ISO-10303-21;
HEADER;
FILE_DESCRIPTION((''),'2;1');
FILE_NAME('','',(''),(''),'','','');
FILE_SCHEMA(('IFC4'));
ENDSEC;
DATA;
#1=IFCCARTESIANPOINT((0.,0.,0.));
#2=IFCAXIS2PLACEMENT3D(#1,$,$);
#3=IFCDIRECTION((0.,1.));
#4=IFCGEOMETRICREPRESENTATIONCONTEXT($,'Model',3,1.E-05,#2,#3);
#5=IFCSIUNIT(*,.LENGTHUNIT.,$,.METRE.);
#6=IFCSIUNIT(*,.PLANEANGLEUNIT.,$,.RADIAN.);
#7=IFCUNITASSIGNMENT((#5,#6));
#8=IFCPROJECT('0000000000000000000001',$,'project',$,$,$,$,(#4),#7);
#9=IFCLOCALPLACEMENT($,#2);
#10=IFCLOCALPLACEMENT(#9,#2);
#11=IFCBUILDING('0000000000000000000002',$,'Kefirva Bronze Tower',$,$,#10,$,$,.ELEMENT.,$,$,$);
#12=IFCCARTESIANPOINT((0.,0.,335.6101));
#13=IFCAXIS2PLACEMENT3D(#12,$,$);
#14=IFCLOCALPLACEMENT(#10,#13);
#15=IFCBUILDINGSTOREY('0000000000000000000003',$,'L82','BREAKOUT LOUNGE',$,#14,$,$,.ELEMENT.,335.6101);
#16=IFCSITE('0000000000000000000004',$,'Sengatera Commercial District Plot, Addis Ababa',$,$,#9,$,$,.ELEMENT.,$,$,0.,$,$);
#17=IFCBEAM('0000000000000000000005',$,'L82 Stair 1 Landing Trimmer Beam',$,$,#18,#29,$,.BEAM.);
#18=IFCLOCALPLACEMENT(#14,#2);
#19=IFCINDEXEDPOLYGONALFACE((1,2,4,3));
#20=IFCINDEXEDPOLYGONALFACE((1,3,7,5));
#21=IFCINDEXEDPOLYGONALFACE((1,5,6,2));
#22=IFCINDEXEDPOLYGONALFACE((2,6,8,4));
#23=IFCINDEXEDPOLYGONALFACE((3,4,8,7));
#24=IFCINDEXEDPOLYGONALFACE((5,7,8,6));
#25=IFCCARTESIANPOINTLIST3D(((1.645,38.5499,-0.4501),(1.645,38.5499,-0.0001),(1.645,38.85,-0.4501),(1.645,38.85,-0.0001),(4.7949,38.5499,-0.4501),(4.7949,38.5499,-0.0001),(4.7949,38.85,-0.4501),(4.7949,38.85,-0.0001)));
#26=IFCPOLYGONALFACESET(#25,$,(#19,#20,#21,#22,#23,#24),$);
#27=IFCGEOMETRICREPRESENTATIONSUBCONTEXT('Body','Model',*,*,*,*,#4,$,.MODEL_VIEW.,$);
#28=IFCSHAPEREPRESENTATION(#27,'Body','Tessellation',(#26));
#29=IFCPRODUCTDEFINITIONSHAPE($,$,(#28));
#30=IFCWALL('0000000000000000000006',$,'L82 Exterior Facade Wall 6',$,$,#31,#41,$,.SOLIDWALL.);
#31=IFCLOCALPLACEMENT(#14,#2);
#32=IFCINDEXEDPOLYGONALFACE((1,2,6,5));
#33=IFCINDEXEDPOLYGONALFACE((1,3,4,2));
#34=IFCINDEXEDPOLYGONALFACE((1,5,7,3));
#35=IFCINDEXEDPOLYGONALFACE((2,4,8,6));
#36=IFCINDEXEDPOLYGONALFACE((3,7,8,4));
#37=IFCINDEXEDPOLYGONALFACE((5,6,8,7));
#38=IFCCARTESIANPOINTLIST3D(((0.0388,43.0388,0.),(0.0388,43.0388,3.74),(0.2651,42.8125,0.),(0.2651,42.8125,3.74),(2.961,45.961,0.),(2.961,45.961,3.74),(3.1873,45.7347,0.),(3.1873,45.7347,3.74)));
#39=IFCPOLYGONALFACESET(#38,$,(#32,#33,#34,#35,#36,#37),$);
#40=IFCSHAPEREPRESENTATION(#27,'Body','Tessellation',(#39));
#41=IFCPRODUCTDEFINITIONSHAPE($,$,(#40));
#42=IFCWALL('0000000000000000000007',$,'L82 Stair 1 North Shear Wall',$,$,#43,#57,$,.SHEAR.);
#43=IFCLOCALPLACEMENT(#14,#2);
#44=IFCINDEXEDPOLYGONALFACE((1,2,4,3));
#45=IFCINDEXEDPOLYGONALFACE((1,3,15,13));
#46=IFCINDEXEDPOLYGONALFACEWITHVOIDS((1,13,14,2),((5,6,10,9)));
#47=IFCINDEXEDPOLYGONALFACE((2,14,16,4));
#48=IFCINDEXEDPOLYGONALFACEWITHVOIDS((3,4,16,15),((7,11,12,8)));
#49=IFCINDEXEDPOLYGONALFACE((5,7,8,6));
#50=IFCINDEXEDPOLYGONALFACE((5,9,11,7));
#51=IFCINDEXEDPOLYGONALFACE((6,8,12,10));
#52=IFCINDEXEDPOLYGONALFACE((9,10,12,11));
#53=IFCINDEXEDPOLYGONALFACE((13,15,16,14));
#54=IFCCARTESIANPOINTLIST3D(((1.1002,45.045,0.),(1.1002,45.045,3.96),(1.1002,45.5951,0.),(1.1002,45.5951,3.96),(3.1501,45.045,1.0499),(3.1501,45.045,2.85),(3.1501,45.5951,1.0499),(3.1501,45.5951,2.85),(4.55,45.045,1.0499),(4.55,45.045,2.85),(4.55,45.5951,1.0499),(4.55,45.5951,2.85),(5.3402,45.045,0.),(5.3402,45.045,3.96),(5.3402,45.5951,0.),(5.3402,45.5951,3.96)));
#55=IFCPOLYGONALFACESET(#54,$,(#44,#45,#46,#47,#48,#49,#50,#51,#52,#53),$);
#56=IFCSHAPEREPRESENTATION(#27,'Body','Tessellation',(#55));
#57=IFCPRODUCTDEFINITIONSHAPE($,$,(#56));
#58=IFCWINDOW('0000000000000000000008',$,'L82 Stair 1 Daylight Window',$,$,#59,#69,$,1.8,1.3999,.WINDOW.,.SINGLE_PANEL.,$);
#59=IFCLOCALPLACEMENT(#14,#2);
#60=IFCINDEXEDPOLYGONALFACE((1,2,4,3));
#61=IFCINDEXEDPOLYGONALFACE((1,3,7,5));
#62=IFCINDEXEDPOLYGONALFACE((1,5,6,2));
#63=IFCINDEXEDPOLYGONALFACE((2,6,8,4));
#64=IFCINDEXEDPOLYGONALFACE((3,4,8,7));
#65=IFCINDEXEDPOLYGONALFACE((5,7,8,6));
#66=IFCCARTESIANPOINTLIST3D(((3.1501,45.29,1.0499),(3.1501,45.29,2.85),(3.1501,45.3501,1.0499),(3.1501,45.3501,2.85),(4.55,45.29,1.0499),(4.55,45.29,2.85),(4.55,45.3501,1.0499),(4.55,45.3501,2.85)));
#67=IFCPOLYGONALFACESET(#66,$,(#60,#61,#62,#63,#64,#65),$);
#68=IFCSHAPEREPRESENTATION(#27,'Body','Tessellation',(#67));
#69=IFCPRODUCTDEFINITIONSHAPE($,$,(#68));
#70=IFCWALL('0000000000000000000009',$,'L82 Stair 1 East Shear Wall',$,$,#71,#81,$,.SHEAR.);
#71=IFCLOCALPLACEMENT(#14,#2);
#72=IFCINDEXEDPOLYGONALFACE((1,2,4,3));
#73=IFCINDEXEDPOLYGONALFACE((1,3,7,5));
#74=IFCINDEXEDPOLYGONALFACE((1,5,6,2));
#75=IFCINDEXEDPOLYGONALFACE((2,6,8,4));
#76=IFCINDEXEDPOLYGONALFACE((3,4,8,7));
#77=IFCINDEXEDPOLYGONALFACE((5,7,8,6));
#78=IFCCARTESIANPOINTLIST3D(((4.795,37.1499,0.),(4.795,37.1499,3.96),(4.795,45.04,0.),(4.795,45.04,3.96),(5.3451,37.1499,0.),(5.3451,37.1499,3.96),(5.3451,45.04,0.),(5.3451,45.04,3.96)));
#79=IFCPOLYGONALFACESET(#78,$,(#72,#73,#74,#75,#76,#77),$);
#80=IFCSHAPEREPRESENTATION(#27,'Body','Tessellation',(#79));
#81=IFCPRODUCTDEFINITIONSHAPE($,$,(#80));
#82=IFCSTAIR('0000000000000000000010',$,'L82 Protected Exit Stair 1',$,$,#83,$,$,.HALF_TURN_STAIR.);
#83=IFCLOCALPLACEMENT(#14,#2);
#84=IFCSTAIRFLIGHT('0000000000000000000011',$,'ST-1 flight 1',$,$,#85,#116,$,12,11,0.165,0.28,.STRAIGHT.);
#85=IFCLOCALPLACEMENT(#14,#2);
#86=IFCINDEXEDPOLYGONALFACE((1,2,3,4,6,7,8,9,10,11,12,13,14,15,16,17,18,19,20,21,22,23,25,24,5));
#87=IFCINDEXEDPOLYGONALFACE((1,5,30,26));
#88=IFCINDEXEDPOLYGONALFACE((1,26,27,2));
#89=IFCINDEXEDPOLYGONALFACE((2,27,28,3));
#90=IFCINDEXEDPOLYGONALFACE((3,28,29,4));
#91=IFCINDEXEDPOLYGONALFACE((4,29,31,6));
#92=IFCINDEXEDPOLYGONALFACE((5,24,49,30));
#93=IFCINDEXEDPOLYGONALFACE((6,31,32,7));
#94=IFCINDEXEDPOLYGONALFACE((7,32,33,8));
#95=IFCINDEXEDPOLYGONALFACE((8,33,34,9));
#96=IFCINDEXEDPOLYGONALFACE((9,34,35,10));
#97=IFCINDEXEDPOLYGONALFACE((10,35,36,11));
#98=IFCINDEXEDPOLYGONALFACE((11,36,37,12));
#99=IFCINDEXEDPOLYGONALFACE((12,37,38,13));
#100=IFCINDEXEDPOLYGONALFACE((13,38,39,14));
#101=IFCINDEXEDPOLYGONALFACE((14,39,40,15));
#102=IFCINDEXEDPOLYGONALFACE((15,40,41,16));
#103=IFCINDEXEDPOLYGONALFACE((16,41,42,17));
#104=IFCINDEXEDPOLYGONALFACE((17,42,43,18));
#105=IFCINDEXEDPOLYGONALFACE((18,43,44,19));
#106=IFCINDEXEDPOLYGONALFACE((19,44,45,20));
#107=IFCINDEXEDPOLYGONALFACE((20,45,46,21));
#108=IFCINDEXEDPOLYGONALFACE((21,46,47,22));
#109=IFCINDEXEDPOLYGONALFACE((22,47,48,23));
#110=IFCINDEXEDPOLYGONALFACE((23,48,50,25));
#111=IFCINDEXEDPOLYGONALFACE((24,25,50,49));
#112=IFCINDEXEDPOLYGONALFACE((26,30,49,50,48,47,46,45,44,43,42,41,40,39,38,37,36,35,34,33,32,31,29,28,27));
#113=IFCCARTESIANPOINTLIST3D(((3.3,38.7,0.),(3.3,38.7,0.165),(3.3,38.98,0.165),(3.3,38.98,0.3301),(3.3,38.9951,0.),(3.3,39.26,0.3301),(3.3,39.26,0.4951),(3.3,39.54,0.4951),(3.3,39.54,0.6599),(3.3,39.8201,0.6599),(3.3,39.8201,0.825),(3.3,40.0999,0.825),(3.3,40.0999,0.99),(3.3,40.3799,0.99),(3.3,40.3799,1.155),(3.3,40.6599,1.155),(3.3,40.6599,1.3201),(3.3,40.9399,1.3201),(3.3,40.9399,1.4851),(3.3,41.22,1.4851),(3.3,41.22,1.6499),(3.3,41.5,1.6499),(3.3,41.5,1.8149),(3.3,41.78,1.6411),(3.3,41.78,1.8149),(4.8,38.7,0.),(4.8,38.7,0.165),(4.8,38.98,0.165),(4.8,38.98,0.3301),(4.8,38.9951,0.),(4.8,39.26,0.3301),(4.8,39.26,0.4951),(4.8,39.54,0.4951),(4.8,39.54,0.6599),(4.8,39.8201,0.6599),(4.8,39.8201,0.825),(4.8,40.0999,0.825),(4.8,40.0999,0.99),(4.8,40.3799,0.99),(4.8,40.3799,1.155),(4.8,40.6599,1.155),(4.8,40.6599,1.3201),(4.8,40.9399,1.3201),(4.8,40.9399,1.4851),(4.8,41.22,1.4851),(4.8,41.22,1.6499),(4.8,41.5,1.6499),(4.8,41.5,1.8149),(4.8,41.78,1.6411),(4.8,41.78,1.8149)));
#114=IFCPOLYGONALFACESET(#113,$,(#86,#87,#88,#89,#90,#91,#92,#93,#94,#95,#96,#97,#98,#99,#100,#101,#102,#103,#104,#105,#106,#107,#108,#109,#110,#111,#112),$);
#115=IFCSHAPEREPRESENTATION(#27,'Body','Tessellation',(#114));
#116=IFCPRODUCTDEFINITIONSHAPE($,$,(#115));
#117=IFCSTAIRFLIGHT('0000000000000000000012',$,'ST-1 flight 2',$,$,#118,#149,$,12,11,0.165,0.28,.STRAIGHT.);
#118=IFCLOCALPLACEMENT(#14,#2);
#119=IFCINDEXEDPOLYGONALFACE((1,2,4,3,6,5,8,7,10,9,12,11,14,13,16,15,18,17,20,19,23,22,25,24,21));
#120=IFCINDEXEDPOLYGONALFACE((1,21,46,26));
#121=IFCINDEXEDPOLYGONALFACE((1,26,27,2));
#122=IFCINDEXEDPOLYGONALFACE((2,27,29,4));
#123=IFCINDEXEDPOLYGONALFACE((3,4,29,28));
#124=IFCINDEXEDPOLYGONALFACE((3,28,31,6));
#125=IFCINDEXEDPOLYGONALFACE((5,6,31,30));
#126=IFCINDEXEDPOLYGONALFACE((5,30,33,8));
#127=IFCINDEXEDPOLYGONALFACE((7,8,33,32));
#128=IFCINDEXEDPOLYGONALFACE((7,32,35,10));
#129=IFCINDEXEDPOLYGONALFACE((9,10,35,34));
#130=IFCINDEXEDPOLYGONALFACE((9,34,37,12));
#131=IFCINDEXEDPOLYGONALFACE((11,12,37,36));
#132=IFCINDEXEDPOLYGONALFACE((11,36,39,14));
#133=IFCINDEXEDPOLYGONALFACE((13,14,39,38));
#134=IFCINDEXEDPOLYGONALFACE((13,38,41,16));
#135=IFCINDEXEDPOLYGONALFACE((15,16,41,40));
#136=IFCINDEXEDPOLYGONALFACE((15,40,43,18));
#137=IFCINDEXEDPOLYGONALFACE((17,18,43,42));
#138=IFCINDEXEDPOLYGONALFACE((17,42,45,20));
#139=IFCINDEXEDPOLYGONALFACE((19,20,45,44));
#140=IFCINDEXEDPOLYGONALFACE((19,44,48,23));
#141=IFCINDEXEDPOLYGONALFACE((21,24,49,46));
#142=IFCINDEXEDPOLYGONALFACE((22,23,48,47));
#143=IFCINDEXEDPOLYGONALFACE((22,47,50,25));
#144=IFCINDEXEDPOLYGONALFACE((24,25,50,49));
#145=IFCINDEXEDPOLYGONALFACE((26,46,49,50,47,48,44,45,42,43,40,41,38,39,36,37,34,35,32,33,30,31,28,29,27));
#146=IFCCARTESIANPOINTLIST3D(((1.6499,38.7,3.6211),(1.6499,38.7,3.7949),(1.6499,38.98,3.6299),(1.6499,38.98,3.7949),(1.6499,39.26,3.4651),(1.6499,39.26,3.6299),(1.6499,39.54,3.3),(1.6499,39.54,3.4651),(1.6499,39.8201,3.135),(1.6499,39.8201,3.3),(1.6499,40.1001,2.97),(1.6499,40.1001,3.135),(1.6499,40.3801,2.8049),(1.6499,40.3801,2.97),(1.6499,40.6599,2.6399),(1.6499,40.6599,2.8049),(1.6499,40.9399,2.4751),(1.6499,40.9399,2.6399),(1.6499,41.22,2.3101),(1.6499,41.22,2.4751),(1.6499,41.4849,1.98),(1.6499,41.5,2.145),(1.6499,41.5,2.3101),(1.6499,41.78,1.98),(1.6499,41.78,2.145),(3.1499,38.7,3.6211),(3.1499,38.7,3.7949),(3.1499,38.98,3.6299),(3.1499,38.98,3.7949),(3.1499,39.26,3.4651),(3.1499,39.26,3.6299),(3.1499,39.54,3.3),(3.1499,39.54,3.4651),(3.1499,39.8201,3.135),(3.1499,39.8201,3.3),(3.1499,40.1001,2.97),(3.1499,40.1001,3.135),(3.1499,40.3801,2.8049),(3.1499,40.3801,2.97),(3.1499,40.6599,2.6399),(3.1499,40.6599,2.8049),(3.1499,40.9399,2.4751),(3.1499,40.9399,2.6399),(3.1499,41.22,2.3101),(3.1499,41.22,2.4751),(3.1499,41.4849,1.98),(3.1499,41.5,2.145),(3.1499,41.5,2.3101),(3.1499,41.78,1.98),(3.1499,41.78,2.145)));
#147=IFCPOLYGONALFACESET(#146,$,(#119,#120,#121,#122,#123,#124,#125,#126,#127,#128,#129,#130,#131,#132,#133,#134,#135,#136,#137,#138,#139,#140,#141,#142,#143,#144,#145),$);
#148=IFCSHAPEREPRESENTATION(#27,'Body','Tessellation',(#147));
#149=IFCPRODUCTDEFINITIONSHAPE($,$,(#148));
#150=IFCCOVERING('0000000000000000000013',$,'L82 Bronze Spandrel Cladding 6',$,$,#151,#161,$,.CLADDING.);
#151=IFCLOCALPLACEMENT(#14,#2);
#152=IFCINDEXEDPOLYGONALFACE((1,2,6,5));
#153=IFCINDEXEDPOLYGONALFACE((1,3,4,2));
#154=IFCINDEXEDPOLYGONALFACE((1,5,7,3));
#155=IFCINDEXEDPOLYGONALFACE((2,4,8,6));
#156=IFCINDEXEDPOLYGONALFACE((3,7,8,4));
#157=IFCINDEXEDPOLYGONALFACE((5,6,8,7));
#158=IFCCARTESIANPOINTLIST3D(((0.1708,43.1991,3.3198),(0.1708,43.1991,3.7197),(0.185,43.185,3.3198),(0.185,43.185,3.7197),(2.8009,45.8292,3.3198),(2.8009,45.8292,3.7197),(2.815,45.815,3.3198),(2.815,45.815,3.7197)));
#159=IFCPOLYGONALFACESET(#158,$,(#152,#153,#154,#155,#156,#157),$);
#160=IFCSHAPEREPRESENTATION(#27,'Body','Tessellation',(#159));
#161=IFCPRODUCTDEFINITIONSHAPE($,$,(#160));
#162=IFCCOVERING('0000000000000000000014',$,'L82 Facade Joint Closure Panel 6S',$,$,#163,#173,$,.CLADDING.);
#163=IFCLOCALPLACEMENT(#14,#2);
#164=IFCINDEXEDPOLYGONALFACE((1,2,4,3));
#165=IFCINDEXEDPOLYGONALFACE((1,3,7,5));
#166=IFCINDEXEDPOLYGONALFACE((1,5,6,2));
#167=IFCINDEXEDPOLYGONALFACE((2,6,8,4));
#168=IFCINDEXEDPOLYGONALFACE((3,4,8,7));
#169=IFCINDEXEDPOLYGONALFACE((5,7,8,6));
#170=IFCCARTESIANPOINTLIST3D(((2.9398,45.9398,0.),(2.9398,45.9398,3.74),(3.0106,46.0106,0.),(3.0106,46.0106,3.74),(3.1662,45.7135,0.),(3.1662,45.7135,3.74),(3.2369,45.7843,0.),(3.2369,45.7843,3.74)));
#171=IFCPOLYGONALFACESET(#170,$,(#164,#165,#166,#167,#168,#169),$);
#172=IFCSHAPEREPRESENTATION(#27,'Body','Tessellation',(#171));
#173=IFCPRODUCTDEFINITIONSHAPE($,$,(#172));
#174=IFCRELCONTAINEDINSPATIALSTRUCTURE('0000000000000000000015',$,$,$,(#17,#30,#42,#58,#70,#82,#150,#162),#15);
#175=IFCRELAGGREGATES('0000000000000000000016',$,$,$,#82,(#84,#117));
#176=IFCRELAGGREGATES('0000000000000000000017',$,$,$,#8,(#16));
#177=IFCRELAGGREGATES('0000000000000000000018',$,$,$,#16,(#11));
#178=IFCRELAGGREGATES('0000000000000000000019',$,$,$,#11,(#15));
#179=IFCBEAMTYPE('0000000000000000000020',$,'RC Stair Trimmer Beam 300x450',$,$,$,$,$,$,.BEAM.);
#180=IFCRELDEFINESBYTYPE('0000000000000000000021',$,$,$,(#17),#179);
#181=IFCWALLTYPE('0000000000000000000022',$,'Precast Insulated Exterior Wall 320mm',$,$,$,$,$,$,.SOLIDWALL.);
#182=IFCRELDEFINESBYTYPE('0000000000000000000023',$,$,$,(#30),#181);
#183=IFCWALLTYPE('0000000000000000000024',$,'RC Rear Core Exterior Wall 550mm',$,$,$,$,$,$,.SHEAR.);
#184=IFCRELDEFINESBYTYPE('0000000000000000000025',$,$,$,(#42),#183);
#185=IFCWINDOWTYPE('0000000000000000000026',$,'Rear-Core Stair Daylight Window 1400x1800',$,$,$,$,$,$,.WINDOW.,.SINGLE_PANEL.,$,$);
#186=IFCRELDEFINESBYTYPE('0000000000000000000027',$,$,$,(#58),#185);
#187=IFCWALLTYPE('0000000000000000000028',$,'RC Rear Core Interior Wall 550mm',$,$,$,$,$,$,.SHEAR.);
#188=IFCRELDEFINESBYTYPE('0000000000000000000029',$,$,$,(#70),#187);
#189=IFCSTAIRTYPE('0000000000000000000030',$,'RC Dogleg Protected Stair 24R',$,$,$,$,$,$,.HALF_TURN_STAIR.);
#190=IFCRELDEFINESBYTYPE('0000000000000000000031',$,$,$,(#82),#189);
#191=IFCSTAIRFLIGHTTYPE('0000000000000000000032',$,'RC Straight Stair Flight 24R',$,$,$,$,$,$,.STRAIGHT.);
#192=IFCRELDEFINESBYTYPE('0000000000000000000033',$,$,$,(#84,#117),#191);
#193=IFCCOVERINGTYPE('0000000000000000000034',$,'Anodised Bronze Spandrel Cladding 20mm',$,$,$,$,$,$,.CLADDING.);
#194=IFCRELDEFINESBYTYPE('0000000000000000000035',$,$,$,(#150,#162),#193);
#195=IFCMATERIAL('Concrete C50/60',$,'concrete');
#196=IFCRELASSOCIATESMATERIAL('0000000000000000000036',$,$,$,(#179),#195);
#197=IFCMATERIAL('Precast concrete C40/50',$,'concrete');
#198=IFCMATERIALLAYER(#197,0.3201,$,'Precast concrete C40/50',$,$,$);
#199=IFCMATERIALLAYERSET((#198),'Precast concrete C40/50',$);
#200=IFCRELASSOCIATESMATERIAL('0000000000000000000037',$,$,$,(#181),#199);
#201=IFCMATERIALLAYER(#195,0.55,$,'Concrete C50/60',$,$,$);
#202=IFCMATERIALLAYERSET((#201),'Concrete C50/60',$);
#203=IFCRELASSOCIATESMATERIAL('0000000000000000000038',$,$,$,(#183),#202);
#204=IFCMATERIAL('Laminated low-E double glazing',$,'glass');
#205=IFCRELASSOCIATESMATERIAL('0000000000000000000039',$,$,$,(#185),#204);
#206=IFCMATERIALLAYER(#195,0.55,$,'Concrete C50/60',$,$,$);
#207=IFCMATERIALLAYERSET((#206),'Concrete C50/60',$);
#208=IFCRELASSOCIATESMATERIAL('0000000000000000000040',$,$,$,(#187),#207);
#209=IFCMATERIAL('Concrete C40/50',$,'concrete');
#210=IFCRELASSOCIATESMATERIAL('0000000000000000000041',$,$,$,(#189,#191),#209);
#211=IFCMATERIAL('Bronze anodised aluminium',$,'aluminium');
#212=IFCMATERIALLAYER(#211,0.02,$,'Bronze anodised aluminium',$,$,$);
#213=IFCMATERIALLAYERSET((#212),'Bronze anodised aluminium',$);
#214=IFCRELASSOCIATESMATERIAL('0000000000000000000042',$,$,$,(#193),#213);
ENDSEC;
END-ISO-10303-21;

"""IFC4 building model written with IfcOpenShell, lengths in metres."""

from ifc_helpers import new_model, si_unit, direction, frame, frame_2d, origin, origin_2d, place, context, subcontext, project, spatial, polyline, rectangle, outline, extrude, material, layer, layer_set, material_profile, profile_set, type_object, element, fill, aggregate, save


model = new_model("IFC4")

# Units and contexts
model_context = context("Model", 3, precision=1e-05, world=origin(), true_north=direction((0.0, 1.0)))
body_context = subcontext(model_context, "Body", "Model", "MODEL_VIEW")
ifc_project = project(units=[si_unit("LENGTHUNIT", "METRE"), si_unit("PLANEANGLEUNIT", "RADIAN")], contexts=[model_context])

# Site, building, storey
site_placement = place(None, origin())
site = spatial("IfcSite", under=ifc_project, at=site_placement, Name="Sengatera Commercial District Plot, Addis Ababa", CompositionType="ELEMENT", RefElevation=0.0)
building_placement = place(site_placement, origin())
building = spatial("IfcBuilding", under=site, at=building_placement, Name="Kefirva Bronze Tower", CompositionType="ELEMENT")
storey_placement = place(building_placement, frame((0.0, 0.0, 335.6101)))
storey = spatial("IfcBuildingStorey", under=building, at=storey_placement, Name="L82", Description="BREAKOUT LOUNGE", CompositionType="ELEMENT", Elevation=335.6101)

# Beam
ifc_material_1 = material(Name="Concrete C50/60", Category="concrete")
ifc_material_profile = material_profile(ifc_material_1, rectangle(XDim=0.3, YDim=0.45, at=origin_2d()), Name="RC 300x450")
ifc_profile_set = profile_set([ifc_material_profile], Name="Concrete C50/60")
beam_type = type_object("IfcBeamType", Name="RC Stair Trimmer Beam 300x450", PredefinedType="BEAM", material=ifc_profile_set)
beam_placement = place(storey_placement, frame((1.645, 38.7, -0.2251), z_axis=(1.0, 0.0, 0.0), x_axis=(0.0, 1.0, 0.0)))
element("IfcBeam", 1, at=beam_placement, inside=storey, type_object=beam_type, Name="L82 Stair 1 Landing Trimmer Beam", PredefinedType="BEAM", context=body_context, shape_type="SweptSolid", body=[
    extrude(rectangle(XDim=0.3, YDim=0.45, at=origin_2d()), origin(), (0.0, 0.0, 1.0), 3.1499),
])

# Wall
ifc_material_2 = material(Name="Precast concrete C40/50", Category="concrete")
ifc_layer_1 = layer(ifc_material_2, 0.3201, Name="Precast concrete C40/50")
ifc_layer_set_1 = layer_set([ifc_layer_1], Name="Precast concrete C40/50")
wall_type_1 = type_object("IfcWallType", Name="Precast Insulated Exterior Wall 320mm", PredefinedType="SOLIDWALL", material=ifc_layer_set_1)
wall_1_placement = place(storey_placement, frame((3.0742, 45.8479, 0.0), z_axis=(0.0, 0.0, 1.0), x_axis=(-0.707107, -0.707107, 0.0)))
element("IfcWall", 2, at=wall_1_placement, inside=storey, type_object=wall_type_1, Name="L82 Exterior Facade Wall 6", PredefinedType="SOLIDWALL", context=body_context, shape_type="SweptSolid", body=[
    extrude(rectangle(XDim=4.1326, YDim=0.3201, at=frame_2d((2.0664, 0.0))), origin(), (0.0, 0.0, 1.0), 3.74),
])

# Wall, opening, window
ifc_layer_2 = layer(ifc_material_1, 0.55, Name="Concrete C50/60")
ifc_layer_set_2 = layer_set([ifc_layer_2], Name="Concrete C50/60")
wall_type_2 = type_object("IfcWallType", Name="RC Rear Core Exterior Wall 550mm", PredefinedType="SHEAR", material=ifc_layer_set_2)
wall_2_placement = place(storey_placement, frame((1.1001, 45.3201, 0.0), z_axis=(0.0, 0.0, 1.0), x_axis=(1.0, 0.0, 0.0)))
wall_2 = element("IfcWall", 3, at=wall_2_placement, inside=storey, type_object=wall_type_2, Name="L82 Stair 1 North Shear Wall", PredefinedType="SHEAR", context=body_context, shape_type="SweptSolid", body=[
    extrude(rectangle(XDim=4.24, YDim=0.55, at=frame_2d((2.1201, 0.0))), origin(), (0.0, 0.0, 1.0), 3.96),
])
opening_1_placement = place(wall_2_placement, frame((2.05, 0.0, 1.05)))
opening_1 = element("IfcOpeningElement", 4, at=opening_1_placement, cuts=wall_2, PredefinedType="OPENING", context=body_context, shape_type="SweptSolid", body=[
    extrude(rectangle(XDim=1.3999, YDim=1.8, at=frame_2d((0.7, 0.8999))), frame((0.0, 0.2852, 0.0), z_axis=(0.0, -1.0, 0.0), x_axis=(1.0, 0.0, 0.0)), (0.0, 0.0, 1.0), 0.5701),
])
ifc_material_3 = material(Name="Laminated low-E double glazing", Category="glass")
window_type = type_object("IfcWindowType", Name="Rear-Core Stair Daylight Window 1400x1800", PartitioningType="SINGLE_PANEL", PredefinedType="WINDOW", material=ifc_material_3)
window_placement = place(opening_1_placement, origin())
window = element("IfcWindow", 5, at=window_placement, inside=storey, type_object=window_type, Name="L82 Stair 1 Daylight Window", OverallHeight=1.8, OverallWidth=1.3999, PartitioningType="SINGLE_PANEL", PredefinedType="WINDOW", context=body_context, shape_type="SweptSolid", body=[
    extrude(rectangle(XDim=1.3999, YDim=1.8, at=frame_2d((0.7, 0.8999))), frame((0.0, 0.03, 0.0), z_axis=(0.0, -1.0, 0.0), x_axis=(1.0, 0.0, 0.0)), (0.0, 0.0, 1.0), 0.0601),
])
fill(opening_1, window)

# Wall
ifc_layer_3 = layer(ifc_material_1, 0.55, Name="Concrete C50/60")
ifc_layer_set_3 = layer_set([ifc_layer_3], Name="Concrete C50/60")
wall_type_3 = type_object("IfcWallType", Name="RC Rear Core Interior Wall 550mm", PredefinedType="SHEAR", material=ifc_layer_set_3)
wall_3_placement = place(storey_placement, frame((5.0701, 37.1499, 0.0), z_axis=(0.0, 0.0, 1.0), x_axis=(0.0, 1.0, 0.0)))
element("IfcWall", 6, at=wall_3_placement, inside=storey, type_object=wall_type_3, Name="L82 Stair 1 East Shear Wall", PredefinedType="SHEAR", context=body_context, shape_type="SweptSolid", body=[
    extrude(rectangle(XDim=7.8901, YDim=0.55, at=frame_2d((3.9451, 0.0))), origin(), (0.0, 0.0, 1.0), 3.96),
])

# Stair, stair flights
ifc_material_4 = material(Name="Concrete C40/50", Category="concrete")
stair_type = type_object("IfcStairType", Name="RC Dogleg Protected Stair 24R", PredefinedType="HALF_TURN_STAIR", material=ifc_material_4)
stair_placement = place(storey_placement, origin())
stair = element("IfcStair", 7, at=stair_placement, inside=storey, type_object=stair_type, Name="L82 Protected Exit Stair 1", PredefinedType="HALF_TURN_STAIR")
stair_flight_type = type_object("IfcStairFlightType", Name="RC Straight Stair Flight 24R", PredefinedType="STRAIGHT", material=ifc_material_4)
stair_flight_1_placement = place(storey_placement, frame((4.05, 38.7, 0.0), z_axis=(0.0, 0.0, 1.0), x_axis=(0.0, 1.0, 0.0)))
stair_flight_1 = element("IfcStairFlight", 8, at=stair_flight_1_placement, type_object=stair_flight_type, Name="ST-1 flight 1", NumberOfRisers=12, NumberOfTreads=11, PredefinedType="STRAIGHT", RiserHeight=0.165, TreadLength=0.28, context=body_context, shape_type="SweptSolid", body=[
    extrude(outline(polyline([(0.0, 0.0), (0.0, 0.165), (0.28, 0.165), (0.28, 0.3301), (0.5601, 0.3301), (0.5601, 0.4951), (0.8401, 0.4951), (0.8401, 0.6599), (1.1201, 0.6599), (1.1201, 0.825), (1.3999, 0.825), (1.3999, 0.99), (1.6799, 0.99), (1.6799, 1.155), (1.96, 1.155), (1.96, 1.3201), (2.24, 1.3201), (2.24, 1.4851), (2.52, 1.4851), (2.52, 1.6499), (2.8, 1.6499), (2.8, 1.8149), (3.0801, 1.8149), (3.0801, 1.98), (3.0801, 1.6411), (0.2952, 0.0), (0.0, 0.0)])), frame((0.0, 0.75, 0.0), z_axis=(0.0, -1.0, 0.0), x_axis=(1.0, 0.0, 0.0)), (0.0, 0.0, 1.0), 1.5),
])
stair_flight_2_placement = place(storey_placement, frame((2.3999, 41.78, 1.98), z_axis=(0.0, 0.0, 1.0), x_axis=(0.0, -1.0, 0.0)))
stair_flight_2 = element("IfcStairFlight", 9, at=stair_flight_2_placement, type_object=stair_flight_type, Name="ST-1 flight 2", NumberOfRisers=12, NumberOfTreads=11, PredefinedType="STRAIGHT", RiserHeight=0.165, TreadLength=0.28, context=body_context, shape_type="SweptSolid", body=[
    extrude(outline(polyline([(0.0, 0.0), (0.0, 0.165), (0.28, 0.165), (0.28, 0.3301), (0.5601, 0.3301), (0.5601, 0.4951), (0.8401, 0.4951), (0.8401, 0.6599), (1.1201, 0.6599), (1.1201, 0.825), (1.3999, 0.825), (1.3999, 0.99), (1.6799, 0.99), (1.6799, 1.155), (1.96, 1.155), (1.96, 1.3201), (2.24, 1.3201), (2.24, 1.4851), (2.52, 1.4851), (2.52, 1.6499), (2.8, 1.6499), (2.8, 1.8149), (3.0801, 1.8149), (3.0801, 1.98), (3.0801, 1.6411), (0.2952, 0.0), (0.0, 0.0)])), frame((0.0, 0.75, 0.0), z_axis=(0.0, -1.0, 0.0), x_axis=(1.0, 0.0, 0.0)), (0.0, 0.0, 1.0), 1.5),
])
aggregate(stair, [stair_flight_1, stair_flight_2])

# Coverings
ifc_material_5 = material(Name="Bronze anodised aluminium", Category="aluminium")
ifc_layer_4 = layer(ifc_material_5, 0.02, Name="Bronze anodised aluminium")
ifc_layer_set_4 = layer_set([ifc_layer_4], Name="Bronze anodised aluminium")
covering_type_1 = type_object("IfcCoveringType", Name="Anodised Bronze Spandrel Cladding 20mm", PredefinedType="CLADDING", material=ifc_layer_set_4)
covering_1_placement = place(storey_placement, frame((1.4929, 44.5071, 3.3198), z_axis=(0.0, 0.0, 1.0), x_axis=(-0.707107, -0.707107, 0.0)))
element("IfcCovering", 10, at=covering_1_placement, inside=storey, type_object=covering_type_1, Name="L82 Bronze Spandrel Cladding 6", PredefinedType="CLADDING", context=body_context, shape_type="SweptSolid", body=[
    extrude(rectangle(XDim=3.7195, YDim=0.02, at=origin_2d()), origin(), (0.0, 0.0, 1.0), 0.3999),
])
for number, where, z_axis, x_axis, name in (
    (11, (3.0884, 45.8621, 0.0), (0.0, 0.0, 1.0), (-0.707107, -0.707107, 0.0), "L82 Facade Joint Closure Panel 6S"),
):
    element("IfcCovering", number, at=place(storey_placement, frame(where, z_axis=z_axis, x_axis=x_axis)), inside=storey, type_object=covering_type_1, Name=name, PredefinedType="CLADDING", context=body_context, shape_type="SweptSolid", body=[
        extrude(rectangle(XDim=0.1001, YDim=0.3201, at=origin_2d()), origin(), (0.0, 0.0, 1.0), 3.74),
    ])

save(model, "model.ifc")
